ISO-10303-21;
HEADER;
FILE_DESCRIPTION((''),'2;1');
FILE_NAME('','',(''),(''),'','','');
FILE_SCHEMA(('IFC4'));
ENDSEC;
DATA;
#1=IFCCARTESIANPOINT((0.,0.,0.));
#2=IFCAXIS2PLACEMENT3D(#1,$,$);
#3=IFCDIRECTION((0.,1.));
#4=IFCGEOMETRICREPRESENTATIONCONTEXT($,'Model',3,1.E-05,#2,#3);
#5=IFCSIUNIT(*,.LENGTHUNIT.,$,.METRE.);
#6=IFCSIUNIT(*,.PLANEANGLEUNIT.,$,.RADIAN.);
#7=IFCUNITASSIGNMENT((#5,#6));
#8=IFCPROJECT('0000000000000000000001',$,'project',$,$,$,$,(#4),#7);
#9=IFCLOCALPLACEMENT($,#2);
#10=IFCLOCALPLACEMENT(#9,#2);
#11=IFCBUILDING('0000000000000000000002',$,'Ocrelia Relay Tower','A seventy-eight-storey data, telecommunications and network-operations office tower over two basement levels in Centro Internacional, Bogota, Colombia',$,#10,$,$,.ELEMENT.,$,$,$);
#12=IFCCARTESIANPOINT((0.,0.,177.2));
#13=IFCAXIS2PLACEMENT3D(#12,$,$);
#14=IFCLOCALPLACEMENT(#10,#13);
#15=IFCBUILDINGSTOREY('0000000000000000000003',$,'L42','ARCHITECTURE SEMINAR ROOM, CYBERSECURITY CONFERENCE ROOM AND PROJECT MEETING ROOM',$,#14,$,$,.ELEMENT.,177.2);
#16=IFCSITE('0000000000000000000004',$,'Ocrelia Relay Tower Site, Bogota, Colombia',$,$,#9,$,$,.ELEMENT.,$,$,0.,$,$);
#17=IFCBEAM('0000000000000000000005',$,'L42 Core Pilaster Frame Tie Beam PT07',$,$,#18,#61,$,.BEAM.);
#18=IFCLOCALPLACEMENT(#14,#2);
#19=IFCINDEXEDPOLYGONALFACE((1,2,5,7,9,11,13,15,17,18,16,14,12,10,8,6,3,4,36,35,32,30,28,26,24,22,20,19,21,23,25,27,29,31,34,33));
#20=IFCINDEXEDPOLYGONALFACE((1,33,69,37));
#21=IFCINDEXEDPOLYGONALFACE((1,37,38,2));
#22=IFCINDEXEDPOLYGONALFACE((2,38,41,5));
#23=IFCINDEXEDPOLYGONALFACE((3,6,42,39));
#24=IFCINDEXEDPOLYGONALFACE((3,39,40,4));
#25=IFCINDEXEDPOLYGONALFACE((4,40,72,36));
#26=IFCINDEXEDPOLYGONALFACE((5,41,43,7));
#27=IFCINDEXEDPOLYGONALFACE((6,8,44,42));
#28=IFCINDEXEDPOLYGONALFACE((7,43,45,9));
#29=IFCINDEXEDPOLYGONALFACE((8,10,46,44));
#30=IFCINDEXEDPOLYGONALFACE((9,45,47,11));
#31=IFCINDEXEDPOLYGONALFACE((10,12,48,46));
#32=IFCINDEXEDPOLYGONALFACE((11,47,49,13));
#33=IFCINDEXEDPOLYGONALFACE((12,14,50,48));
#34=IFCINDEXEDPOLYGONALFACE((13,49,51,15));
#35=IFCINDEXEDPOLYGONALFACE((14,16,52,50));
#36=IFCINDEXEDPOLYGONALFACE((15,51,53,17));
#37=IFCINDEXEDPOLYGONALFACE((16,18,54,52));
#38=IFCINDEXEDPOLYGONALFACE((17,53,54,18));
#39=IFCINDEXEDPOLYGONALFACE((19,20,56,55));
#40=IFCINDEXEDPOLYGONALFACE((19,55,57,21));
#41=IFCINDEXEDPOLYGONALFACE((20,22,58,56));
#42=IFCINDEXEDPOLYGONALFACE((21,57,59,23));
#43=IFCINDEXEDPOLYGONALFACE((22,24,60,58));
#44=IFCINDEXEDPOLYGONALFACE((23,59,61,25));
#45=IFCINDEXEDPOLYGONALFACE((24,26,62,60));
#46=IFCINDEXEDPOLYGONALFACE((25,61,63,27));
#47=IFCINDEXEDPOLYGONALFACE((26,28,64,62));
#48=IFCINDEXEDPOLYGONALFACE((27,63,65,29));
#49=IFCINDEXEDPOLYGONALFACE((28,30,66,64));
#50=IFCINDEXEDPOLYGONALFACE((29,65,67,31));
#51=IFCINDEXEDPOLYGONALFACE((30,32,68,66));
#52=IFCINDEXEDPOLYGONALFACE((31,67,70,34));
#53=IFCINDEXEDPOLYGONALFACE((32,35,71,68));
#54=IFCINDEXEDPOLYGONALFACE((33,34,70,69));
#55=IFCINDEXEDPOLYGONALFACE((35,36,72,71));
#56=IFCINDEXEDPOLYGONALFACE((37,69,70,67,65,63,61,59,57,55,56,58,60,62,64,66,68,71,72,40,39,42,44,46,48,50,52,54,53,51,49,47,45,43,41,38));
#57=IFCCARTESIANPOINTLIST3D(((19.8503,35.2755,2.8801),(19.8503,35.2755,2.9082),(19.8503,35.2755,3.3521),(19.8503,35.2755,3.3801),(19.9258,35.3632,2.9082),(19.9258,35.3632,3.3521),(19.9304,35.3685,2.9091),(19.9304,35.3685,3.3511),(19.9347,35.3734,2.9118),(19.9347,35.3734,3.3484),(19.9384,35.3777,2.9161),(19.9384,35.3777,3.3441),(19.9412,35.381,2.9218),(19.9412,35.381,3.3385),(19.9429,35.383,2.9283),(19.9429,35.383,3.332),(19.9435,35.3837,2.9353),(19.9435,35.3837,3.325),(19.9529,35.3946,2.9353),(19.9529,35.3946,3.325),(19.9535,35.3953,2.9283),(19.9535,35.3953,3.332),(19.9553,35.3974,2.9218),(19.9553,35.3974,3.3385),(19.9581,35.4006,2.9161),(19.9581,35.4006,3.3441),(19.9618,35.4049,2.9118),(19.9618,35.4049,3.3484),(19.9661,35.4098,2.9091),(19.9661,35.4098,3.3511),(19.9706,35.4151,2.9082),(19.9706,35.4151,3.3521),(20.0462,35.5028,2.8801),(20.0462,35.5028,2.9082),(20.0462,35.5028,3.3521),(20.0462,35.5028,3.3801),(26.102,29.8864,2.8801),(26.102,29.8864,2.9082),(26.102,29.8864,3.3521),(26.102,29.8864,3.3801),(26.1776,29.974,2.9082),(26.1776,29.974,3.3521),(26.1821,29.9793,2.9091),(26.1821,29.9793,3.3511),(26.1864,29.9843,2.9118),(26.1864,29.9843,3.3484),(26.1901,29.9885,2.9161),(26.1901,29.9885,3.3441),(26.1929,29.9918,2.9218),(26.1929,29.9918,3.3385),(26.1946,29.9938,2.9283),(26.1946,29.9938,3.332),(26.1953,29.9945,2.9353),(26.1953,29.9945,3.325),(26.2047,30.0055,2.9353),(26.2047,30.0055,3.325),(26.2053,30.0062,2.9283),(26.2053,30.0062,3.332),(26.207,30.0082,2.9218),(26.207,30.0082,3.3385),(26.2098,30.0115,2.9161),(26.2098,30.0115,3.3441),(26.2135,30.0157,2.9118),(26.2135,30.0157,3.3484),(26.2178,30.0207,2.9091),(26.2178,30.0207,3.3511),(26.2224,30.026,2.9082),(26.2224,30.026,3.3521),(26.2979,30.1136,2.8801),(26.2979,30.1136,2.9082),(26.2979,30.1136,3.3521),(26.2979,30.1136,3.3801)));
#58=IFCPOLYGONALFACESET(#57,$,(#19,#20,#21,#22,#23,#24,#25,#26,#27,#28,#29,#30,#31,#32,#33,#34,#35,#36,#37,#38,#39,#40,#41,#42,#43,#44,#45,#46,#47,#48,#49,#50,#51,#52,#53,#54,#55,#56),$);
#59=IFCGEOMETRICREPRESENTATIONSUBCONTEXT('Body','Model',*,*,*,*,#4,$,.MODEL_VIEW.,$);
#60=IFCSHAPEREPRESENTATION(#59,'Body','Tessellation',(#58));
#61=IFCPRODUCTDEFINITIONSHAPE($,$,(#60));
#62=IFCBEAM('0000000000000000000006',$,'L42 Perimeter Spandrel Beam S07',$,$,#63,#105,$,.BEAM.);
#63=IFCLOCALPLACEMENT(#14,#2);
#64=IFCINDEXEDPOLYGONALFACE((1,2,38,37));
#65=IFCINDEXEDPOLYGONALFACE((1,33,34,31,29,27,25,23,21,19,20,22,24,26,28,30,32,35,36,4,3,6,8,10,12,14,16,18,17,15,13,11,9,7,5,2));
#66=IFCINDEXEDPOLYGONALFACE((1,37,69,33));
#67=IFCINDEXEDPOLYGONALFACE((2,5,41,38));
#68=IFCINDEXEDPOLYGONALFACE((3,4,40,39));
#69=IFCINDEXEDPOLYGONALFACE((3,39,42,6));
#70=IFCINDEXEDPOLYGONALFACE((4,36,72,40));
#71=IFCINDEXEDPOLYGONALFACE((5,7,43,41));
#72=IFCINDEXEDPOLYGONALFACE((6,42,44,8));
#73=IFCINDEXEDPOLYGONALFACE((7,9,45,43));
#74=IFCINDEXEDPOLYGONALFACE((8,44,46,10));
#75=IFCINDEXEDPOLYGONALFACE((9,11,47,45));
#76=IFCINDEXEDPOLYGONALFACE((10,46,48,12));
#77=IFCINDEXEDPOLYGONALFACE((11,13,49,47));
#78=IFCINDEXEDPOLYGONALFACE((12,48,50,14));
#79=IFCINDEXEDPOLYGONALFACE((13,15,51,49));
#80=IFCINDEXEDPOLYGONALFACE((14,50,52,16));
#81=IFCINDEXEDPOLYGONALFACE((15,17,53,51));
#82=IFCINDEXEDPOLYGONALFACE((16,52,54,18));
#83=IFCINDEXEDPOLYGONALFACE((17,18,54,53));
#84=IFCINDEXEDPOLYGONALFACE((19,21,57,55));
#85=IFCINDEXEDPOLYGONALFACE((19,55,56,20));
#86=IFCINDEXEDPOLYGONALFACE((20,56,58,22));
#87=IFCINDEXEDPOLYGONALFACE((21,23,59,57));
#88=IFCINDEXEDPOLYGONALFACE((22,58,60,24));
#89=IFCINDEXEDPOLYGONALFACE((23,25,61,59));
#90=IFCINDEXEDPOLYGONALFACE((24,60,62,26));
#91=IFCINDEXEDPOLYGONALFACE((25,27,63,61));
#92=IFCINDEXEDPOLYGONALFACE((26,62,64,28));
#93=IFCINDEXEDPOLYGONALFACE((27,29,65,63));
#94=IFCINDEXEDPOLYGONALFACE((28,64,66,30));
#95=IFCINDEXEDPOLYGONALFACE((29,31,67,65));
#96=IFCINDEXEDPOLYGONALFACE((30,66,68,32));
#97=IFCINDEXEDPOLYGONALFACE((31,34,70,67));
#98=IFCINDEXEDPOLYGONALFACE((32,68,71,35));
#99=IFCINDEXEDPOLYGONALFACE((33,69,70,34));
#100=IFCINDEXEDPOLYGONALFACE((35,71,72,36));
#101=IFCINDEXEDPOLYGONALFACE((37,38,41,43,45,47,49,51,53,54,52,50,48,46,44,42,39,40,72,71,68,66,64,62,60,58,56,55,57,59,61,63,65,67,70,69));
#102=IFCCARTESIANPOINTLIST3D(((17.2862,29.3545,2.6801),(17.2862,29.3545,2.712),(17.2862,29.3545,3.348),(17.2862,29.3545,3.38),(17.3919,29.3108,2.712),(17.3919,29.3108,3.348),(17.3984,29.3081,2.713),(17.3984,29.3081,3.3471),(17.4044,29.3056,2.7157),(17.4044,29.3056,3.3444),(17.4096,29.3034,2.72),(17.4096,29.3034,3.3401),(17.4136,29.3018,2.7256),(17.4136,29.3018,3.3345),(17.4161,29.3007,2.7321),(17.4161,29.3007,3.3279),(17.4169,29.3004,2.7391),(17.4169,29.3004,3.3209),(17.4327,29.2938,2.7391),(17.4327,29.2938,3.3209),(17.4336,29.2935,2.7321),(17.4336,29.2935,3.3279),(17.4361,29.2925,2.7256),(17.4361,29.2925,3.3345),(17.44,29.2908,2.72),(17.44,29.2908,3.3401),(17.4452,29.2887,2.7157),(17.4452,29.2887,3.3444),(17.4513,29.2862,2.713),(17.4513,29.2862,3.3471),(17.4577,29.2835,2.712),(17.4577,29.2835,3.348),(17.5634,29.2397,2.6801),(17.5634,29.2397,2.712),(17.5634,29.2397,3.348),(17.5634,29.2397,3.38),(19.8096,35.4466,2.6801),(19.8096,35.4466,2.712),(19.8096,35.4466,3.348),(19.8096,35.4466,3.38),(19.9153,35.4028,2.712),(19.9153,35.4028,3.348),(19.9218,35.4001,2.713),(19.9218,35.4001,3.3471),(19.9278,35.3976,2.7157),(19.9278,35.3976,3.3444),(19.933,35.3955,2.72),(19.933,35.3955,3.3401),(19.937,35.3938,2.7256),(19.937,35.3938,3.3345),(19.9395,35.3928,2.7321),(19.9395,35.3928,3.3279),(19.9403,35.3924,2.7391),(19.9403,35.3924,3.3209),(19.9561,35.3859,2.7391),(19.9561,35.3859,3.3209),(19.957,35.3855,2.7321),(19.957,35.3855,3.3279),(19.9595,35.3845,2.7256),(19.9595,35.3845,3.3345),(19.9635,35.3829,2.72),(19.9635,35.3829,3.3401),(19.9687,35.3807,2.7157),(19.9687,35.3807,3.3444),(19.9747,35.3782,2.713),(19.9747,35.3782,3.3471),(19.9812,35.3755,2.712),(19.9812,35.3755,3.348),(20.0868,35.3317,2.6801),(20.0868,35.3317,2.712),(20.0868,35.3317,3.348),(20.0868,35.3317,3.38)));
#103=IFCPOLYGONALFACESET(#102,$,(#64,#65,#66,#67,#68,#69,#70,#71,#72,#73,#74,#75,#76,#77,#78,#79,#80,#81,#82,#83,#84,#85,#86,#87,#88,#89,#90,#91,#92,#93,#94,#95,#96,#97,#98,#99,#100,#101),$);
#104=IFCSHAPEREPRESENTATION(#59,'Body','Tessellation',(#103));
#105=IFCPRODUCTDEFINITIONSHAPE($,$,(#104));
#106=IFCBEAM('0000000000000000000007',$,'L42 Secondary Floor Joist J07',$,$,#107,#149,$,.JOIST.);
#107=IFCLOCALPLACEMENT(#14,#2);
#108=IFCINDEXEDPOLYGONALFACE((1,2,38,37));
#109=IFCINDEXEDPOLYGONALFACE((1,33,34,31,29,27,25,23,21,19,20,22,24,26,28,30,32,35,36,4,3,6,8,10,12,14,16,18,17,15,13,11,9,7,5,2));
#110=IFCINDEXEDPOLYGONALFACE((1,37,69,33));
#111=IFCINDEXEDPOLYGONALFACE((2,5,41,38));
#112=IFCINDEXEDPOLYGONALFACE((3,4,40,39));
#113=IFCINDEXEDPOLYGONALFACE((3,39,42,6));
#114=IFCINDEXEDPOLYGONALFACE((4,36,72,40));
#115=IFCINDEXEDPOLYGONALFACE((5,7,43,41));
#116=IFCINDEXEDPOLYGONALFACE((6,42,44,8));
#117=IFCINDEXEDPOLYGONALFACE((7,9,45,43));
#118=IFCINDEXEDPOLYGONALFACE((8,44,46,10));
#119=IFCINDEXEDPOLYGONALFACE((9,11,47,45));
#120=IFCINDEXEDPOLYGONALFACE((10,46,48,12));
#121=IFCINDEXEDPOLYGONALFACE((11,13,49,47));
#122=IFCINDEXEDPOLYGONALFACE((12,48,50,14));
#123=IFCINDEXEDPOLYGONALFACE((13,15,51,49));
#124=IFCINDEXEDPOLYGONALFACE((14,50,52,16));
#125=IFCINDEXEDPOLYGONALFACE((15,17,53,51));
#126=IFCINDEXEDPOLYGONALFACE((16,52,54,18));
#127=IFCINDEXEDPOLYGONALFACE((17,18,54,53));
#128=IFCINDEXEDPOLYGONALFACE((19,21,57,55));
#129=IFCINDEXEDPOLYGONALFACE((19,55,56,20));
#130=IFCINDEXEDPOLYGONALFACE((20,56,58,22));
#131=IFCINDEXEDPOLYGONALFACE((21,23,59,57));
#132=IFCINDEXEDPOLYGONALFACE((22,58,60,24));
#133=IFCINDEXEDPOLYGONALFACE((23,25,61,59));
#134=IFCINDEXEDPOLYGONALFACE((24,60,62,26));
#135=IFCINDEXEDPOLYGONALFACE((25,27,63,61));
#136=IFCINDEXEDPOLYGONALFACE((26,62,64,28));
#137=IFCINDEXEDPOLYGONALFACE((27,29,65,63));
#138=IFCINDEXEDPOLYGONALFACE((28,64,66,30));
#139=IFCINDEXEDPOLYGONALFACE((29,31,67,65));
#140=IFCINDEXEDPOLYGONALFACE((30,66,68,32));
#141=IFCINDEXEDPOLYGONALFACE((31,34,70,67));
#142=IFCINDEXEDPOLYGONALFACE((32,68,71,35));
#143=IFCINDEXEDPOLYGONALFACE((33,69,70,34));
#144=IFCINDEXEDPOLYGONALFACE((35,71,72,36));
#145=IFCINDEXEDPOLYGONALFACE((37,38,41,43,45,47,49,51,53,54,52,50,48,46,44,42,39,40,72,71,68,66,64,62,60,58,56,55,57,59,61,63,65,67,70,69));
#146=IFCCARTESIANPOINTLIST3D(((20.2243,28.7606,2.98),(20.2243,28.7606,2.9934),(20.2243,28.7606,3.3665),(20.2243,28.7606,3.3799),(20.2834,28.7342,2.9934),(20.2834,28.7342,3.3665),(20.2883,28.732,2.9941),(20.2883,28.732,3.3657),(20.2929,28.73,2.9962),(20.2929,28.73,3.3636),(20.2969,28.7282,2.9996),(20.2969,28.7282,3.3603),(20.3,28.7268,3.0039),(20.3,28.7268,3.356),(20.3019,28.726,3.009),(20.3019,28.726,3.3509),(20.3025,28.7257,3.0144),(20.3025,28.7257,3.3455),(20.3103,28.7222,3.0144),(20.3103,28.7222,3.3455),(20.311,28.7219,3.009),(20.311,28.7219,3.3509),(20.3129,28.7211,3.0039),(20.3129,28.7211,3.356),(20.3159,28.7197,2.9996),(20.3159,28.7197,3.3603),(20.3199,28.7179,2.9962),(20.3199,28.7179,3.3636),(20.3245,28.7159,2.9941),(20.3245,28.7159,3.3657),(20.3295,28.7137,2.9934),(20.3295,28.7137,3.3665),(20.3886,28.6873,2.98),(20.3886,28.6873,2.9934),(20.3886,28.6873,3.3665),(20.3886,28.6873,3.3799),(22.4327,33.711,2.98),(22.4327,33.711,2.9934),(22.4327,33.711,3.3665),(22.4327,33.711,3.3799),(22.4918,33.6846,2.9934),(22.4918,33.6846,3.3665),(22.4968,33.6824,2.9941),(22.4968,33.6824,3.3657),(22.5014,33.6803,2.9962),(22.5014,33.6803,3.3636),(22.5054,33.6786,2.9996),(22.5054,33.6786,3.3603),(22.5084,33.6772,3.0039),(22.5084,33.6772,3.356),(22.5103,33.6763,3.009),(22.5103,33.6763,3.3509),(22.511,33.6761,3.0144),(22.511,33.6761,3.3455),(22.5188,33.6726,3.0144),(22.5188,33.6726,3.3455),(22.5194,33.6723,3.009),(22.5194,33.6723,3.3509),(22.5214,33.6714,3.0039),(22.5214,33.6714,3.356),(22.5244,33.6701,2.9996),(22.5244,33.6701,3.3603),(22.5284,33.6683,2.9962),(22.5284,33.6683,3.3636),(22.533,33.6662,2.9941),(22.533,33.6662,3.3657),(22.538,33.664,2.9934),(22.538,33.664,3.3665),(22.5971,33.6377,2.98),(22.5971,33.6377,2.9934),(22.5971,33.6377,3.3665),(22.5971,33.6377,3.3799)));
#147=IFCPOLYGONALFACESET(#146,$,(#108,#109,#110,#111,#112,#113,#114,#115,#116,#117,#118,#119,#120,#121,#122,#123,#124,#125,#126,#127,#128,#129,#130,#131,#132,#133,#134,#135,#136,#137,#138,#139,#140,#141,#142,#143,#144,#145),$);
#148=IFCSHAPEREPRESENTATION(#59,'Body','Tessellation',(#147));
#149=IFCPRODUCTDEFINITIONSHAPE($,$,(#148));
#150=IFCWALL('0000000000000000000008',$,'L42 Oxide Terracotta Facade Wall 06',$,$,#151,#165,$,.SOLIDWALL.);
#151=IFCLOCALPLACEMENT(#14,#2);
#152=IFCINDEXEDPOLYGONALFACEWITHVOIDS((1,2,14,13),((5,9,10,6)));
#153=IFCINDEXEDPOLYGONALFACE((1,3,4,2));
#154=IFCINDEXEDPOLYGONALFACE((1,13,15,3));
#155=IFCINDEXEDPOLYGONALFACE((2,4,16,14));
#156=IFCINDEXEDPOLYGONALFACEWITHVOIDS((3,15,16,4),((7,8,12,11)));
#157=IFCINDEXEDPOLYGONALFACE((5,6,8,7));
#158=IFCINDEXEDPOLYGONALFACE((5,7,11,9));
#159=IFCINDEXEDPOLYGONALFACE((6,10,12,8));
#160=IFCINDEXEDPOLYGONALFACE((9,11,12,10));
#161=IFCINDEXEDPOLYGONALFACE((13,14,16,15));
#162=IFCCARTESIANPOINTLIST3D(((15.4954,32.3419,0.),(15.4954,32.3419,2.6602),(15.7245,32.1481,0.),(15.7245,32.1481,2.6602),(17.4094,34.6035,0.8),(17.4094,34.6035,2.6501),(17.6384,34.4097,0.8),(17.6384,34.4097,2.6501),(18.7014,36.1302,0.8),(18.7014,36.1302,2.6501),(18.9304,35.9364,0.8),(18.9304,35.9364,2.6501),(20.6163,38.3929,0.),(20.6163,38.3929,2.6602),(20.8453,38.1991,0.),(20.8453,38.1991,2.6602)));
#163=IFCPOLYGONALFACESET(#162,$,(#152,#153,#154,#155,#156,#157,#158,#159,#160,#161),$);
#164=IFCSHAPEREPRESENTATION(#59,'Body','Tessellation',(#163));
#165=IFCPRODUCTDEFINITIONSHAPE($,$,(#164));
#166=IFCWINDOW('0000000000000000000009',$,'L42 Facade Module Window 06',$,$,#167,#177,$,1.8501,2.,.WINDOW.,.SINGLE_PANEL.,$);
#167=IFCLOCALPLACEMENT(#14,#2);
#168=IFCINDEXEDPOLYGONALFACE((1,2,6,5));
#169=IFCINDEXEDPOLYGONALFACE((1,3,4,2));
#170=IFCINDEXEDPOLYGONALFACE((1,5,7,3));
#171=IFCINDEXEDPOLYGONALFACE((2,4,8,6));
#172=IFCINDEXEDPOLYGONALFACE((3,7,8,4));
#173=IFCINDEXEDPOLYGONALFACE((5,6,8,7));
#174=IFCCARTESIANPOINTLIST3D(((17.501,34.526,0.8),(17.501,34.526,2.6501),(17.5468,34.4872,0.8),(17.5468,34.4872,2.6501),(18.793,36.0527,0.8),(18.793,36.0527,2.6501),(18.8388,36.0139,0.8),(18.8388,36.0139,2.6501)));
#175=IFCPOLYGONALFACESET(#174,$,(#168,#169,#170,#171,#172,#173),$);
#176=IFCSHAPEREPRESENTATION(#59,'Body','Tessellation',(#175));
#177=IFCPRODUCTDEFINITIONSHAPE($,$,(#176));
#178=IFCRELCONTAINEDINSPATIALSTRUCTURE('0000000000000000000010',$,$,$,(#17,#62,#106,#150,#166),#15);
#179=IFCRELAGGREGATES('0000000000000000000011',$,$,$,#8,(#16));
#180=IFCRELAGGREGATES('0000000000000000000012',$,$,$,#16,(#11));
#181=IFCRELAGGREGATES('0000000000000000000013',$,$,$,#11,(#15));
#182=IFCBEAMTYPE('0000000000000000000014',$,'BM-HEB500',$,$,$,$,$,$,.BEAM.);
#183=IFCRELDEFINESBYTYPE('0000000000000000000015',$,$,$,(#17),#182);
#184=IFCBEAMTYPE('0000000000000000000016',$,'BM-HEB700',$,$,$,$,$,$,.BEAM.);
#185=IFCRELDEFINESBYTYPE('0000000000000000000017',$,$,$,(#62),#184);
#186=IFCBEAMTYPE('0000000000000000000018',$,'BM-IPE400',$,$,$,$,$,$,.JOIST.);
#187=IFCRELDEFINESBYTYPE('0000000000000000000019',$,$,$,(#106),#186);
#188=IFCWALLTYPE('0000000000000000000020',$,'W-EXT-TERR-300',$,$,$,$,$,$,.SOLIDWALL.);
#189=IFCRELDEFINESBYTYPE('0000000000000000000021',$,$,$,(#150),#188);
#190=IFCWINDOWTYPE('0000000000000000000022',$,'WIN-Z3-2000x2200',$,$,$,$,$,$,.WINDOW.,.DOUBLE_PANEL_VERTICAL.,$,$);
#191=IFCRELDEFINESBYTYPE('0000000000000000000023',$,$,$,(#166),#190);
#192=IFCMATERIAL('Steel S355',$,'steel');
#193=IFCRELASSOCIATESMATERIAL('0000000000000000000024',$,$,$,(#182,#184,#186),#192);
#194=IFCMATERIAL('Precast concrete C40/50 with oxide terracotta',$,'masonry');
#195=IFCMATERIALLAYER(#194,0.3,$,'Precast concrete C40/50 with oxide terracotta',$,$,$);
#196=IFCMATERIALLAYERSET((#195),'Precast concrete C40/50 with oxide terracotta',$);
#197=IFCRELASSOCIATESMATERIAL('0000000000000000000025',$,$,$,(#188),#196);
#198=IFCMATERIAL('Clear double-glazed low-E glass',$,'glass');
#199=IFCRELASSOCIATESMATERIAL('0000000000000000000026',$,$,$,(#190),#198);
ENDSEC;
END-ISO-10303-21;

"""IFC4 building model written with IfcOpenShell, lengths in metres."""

from ifc_helpers import new_model, si_unit, direction, frame, frame_2d, origin, origin_2d, place, context, subcontext, project, spatial, rectangle, i_section, extrude, material, layer, layer_set, material_profile, profile_set, type_object, element, fill, save


model = new_model("IFC4")

# Units and contexts
model_context = context("Model", 3, precision=1e-05, world=origin(), true_north=direction((0.0, 1.0)))
body_context = subcontext(model_context, "Body", "Model", "MODEL_VIEW")
ifc_project = project(units=[si_unit("LENGTHUNIT", "METRE"), si_unit("PLANEANGLEUNIT", "RADIAN")], contexts=[model_context])

# Site, building, storey
site_placement = place(None, origin())
site = spatial("IfcSite", under=ifc_project, at=site_placement, Name="Ocrelia Relay Tower Site, Bogota, Colombia", CompositionType="ELEMENT", RefElevation=0.0)
building_placement = place(site_placement, origin())
building = spatial("IfcBuilding", under=site, at=building_placement, Name="Ocrelia Relay Tower", Description="A seventy-eight-storey data, telecommunications and network-operations office tower over two basement levels in Centro Internacional, Bogota, Colombia", CompositionType="ELEMENT")
storey_placement = place(building_placement, frame((0.0, 0.0, 177.2)))
storey = spatial("IfcBuildingStorey", under=building, at=storey_placement, Name="L42", Description="ARCHITECTURE SEMINAR ROOM, CYBERSECURITY CONFERENCE ROOM AND PROJECT MEETING ROOM", CompositionType="ELEMENT", Elevation=177.2)

# Beams
ifc_material_1 = material(Name="Steel S355", Category="steel")
ifc_material_profile_1 = material_profile(ifc_material_1, i_section(OverallWidth=0.3, OverallDepth=0.5, WebThickness=0.0144, FlangeThickness=0.0281, FilletRadius=0.0271, at=origin_2d()), Name="HEB 500")
ifc_profile_set_1 = profile_set([ifc_material_profile_1], Name="Steel S355")
beam_type_1 = type_object("IfcBeamType", Name="BM-HEB500", PredefinedType="BEAM", material=ifc_profile_set_1)
beam_1_placement = place(storey_placement, frame((19.9482, 35.3892, 3.1301), z_axis=(0.757425, -0.652923, 0.0), x_axis=(0.652923, 0.757425, 0.0)))
element("IfcBeam", 1, at=beam_1_placement, inside=storey, type_object=beam_type_1, Name="L42 Core Pilaster Frame Tie Beam PT07", PredefinedType="BEAM", context=body_context, shape_type="SweptSolid", body=[
    extrude(i_section(OverallWidth=0.3, OverallDepth=0.5, WebThickness=0.0144, FlangeThickness=0.0281, FilletRadius=0.0271, at=origin_2d()), origin(), (0.0, 0.0, 1.0), 8.2539),
])
ifc_material_profile_2 = material_profile(ifc_material_1, i_section(OverallWidth=0.3, OverallDepth=0.7, WebThickness=0.0171, FlangeThickness=0.032, FilletRadius=0.0271, at=origin_2d()), Name="HEB 700")
ifc_profile_set_2 = profile_set([ifc_material_profile_2], Name="Steel S355")
beam_type_2 = type_object("IfcBeamType", Name="BM-HEB700", PredefinedType="BEAM", material=ifc_profile_set_2)
beam_2_placement = place(storey_placement, frame((19.9482, 35.3892, 3.03), z_axis=(-0.382688, -0.923878, 0.0), x_axis=(0.923878, -0.382688, 0.0)))
element("IfcBeam", 2, at=beam_2_placement, inside=storey, type_object=beam_type_2, Name="L42 Perimeter Spandrel Beam S07", PredefinedType="BEAM", context=body_context, shape_type="SweptSolid", body=[
    extrude(i_section(OverallWidth=0.3, OverallDepth=0.7, WebThickness=0.0171, FlangeThickness=0.032, FilletRadius=0.0271, at=origin_2d()), origin(), (0.0, 0.0, 1.0), 6.594),
])
ifc_material_profile_3 = material_profile(ifc_material_1, i_section(OverallWidth=0.1799, OverallDepth=0.3999, WebThickness=0.0085, FlangeThickness=0.0134, FilletRadius=0.021, at=origin_2d()), Name="IPE 400")
ifc_profile_set_3 = profile_set([ifc_material_profile_3], Name="Steel S355")
beam_type_3 = type_object("IfcBeamType", Name="BM-IPE400", PredefinedType="JOIST", material=ifc_profile_set_3)
beam_3_placement = place(storey_placement, frame((22.5149, 33.6743, 3.1799), z_axis=(-0.407417, -0.913242, 0.0), x_axis=(0.913242, -0.407417, 0.0)))
element("IfcBeam", 3, at=beam_3_placement, inside=storey, type_object=beam_type_3, Name="L42 Secondary Floor Joist J07", PredefinedType="JOIST", context=body_context, shape_type="SweptSolid", body=[
    extrude(i_section(OverallWidth=0.1799, OverallDepth=0.3999, WebThickness=0.0085, FlangeThickness=0.0134, FilletRadius=0.021, at=origin_2d()), origin(), (0.0, 0.0, 1.0), 5.4207),
])

# Wall, opening, window
ifc_material_2 = material(Name="Precast concrete C40/50 with oxide terracotta", Category="masonry")
ifc_layer_1 = layer(ifc_material_2, 0.3, Name="Precast concrete C40/50 with oxide terracotta")
ifc_layer_set_1 = layer_set([ifc_layer_1], Name="Precast concrete C40/50 with oxide terracotta")
wall_type_1 = type_object("IfcWallType", Name="W-EXT-TERR-300", PredefinedType="SOLIDWALL", material=ifc_layer_set_1)
wall_1_placement = place(storey_placement, frame((20.7307, 38.2959, 0.0), z_axis=(0.0, 0.0, 1.0), x_axis=(-0.645997, -0.76334, 0.0)))
wall_1 = element("IfcWall", 4, at=wall_1_placement, inside=storey, type_object=wall_type_1, Name="L42 Oxide Terracotta Facade Wall 06", PredefinedType="SOLIDWALL", context=body_context, shape_type="SweptSolid", body=[
    extrude(rectangle(XDim=7.927, YDim=0.3, at=frame_2d((3.9634, 0.0))), origin(), (0.0, 0.0, 1.0), 2.6602),
])
opening_1_placement = place(wall_1_placement, frame((2.9641, 0.0, 0.8)))
opening_1 = element("IfcOpeningElement", 5, at=opening_1_placement, cuts=wall_1, PredefinedType="OPENING", context=body_context, shape_type="SweptSolid", body=[
    extrude(rectangle(XDim=2.0, YDim=1.8501, at=frame_2d((1.0, 0.925))), frame((0.0, 0.1602, 0.0), z_axis=(0.0, -1.0, 0.0), x_axis=(1.0, 0.0, 0.0)), (0.0, 0.0, 1.0), 0.3201),
])
ifc_material_3 = material(Name="Clear double-glazed low-E glass", Category="glass")
window_type = type_object("IfcWindowType", Name="WIN-Z3-2000x2200", PartitioningType="DOUBLE_PANEL_VERTICAL", PredefinedType="WINDOW", material=ifc_material_3)
window_1_placement = place(opening_1_placement, origin())
window_1 = element("IfcWindow", 6, at=window_1_placement, inside=storey, type_object=window_type, Name="L42 Facade Module Window 06", OverallHeight=1.8501, OverallWidth=2.0, PartitioningType="SINGLE_PANEL", PredefinedType="WINDOW", context=body_context, shape_type="SweptSolid", body=[
    extrude(rectangle(XDim=2.0, YDim=1.8501, at=frame_2d((1.0, 0.925))), frame((0.0, 0.03, 0.0), z_axis=(0.0, -1.0, 0.0), x_axis=(1.0, 0.0, 0.0)), (0.0, 0.0, 1.0), 0.0601),
])
fill(opening_1, window_1)

save(model, "model.ifc")
